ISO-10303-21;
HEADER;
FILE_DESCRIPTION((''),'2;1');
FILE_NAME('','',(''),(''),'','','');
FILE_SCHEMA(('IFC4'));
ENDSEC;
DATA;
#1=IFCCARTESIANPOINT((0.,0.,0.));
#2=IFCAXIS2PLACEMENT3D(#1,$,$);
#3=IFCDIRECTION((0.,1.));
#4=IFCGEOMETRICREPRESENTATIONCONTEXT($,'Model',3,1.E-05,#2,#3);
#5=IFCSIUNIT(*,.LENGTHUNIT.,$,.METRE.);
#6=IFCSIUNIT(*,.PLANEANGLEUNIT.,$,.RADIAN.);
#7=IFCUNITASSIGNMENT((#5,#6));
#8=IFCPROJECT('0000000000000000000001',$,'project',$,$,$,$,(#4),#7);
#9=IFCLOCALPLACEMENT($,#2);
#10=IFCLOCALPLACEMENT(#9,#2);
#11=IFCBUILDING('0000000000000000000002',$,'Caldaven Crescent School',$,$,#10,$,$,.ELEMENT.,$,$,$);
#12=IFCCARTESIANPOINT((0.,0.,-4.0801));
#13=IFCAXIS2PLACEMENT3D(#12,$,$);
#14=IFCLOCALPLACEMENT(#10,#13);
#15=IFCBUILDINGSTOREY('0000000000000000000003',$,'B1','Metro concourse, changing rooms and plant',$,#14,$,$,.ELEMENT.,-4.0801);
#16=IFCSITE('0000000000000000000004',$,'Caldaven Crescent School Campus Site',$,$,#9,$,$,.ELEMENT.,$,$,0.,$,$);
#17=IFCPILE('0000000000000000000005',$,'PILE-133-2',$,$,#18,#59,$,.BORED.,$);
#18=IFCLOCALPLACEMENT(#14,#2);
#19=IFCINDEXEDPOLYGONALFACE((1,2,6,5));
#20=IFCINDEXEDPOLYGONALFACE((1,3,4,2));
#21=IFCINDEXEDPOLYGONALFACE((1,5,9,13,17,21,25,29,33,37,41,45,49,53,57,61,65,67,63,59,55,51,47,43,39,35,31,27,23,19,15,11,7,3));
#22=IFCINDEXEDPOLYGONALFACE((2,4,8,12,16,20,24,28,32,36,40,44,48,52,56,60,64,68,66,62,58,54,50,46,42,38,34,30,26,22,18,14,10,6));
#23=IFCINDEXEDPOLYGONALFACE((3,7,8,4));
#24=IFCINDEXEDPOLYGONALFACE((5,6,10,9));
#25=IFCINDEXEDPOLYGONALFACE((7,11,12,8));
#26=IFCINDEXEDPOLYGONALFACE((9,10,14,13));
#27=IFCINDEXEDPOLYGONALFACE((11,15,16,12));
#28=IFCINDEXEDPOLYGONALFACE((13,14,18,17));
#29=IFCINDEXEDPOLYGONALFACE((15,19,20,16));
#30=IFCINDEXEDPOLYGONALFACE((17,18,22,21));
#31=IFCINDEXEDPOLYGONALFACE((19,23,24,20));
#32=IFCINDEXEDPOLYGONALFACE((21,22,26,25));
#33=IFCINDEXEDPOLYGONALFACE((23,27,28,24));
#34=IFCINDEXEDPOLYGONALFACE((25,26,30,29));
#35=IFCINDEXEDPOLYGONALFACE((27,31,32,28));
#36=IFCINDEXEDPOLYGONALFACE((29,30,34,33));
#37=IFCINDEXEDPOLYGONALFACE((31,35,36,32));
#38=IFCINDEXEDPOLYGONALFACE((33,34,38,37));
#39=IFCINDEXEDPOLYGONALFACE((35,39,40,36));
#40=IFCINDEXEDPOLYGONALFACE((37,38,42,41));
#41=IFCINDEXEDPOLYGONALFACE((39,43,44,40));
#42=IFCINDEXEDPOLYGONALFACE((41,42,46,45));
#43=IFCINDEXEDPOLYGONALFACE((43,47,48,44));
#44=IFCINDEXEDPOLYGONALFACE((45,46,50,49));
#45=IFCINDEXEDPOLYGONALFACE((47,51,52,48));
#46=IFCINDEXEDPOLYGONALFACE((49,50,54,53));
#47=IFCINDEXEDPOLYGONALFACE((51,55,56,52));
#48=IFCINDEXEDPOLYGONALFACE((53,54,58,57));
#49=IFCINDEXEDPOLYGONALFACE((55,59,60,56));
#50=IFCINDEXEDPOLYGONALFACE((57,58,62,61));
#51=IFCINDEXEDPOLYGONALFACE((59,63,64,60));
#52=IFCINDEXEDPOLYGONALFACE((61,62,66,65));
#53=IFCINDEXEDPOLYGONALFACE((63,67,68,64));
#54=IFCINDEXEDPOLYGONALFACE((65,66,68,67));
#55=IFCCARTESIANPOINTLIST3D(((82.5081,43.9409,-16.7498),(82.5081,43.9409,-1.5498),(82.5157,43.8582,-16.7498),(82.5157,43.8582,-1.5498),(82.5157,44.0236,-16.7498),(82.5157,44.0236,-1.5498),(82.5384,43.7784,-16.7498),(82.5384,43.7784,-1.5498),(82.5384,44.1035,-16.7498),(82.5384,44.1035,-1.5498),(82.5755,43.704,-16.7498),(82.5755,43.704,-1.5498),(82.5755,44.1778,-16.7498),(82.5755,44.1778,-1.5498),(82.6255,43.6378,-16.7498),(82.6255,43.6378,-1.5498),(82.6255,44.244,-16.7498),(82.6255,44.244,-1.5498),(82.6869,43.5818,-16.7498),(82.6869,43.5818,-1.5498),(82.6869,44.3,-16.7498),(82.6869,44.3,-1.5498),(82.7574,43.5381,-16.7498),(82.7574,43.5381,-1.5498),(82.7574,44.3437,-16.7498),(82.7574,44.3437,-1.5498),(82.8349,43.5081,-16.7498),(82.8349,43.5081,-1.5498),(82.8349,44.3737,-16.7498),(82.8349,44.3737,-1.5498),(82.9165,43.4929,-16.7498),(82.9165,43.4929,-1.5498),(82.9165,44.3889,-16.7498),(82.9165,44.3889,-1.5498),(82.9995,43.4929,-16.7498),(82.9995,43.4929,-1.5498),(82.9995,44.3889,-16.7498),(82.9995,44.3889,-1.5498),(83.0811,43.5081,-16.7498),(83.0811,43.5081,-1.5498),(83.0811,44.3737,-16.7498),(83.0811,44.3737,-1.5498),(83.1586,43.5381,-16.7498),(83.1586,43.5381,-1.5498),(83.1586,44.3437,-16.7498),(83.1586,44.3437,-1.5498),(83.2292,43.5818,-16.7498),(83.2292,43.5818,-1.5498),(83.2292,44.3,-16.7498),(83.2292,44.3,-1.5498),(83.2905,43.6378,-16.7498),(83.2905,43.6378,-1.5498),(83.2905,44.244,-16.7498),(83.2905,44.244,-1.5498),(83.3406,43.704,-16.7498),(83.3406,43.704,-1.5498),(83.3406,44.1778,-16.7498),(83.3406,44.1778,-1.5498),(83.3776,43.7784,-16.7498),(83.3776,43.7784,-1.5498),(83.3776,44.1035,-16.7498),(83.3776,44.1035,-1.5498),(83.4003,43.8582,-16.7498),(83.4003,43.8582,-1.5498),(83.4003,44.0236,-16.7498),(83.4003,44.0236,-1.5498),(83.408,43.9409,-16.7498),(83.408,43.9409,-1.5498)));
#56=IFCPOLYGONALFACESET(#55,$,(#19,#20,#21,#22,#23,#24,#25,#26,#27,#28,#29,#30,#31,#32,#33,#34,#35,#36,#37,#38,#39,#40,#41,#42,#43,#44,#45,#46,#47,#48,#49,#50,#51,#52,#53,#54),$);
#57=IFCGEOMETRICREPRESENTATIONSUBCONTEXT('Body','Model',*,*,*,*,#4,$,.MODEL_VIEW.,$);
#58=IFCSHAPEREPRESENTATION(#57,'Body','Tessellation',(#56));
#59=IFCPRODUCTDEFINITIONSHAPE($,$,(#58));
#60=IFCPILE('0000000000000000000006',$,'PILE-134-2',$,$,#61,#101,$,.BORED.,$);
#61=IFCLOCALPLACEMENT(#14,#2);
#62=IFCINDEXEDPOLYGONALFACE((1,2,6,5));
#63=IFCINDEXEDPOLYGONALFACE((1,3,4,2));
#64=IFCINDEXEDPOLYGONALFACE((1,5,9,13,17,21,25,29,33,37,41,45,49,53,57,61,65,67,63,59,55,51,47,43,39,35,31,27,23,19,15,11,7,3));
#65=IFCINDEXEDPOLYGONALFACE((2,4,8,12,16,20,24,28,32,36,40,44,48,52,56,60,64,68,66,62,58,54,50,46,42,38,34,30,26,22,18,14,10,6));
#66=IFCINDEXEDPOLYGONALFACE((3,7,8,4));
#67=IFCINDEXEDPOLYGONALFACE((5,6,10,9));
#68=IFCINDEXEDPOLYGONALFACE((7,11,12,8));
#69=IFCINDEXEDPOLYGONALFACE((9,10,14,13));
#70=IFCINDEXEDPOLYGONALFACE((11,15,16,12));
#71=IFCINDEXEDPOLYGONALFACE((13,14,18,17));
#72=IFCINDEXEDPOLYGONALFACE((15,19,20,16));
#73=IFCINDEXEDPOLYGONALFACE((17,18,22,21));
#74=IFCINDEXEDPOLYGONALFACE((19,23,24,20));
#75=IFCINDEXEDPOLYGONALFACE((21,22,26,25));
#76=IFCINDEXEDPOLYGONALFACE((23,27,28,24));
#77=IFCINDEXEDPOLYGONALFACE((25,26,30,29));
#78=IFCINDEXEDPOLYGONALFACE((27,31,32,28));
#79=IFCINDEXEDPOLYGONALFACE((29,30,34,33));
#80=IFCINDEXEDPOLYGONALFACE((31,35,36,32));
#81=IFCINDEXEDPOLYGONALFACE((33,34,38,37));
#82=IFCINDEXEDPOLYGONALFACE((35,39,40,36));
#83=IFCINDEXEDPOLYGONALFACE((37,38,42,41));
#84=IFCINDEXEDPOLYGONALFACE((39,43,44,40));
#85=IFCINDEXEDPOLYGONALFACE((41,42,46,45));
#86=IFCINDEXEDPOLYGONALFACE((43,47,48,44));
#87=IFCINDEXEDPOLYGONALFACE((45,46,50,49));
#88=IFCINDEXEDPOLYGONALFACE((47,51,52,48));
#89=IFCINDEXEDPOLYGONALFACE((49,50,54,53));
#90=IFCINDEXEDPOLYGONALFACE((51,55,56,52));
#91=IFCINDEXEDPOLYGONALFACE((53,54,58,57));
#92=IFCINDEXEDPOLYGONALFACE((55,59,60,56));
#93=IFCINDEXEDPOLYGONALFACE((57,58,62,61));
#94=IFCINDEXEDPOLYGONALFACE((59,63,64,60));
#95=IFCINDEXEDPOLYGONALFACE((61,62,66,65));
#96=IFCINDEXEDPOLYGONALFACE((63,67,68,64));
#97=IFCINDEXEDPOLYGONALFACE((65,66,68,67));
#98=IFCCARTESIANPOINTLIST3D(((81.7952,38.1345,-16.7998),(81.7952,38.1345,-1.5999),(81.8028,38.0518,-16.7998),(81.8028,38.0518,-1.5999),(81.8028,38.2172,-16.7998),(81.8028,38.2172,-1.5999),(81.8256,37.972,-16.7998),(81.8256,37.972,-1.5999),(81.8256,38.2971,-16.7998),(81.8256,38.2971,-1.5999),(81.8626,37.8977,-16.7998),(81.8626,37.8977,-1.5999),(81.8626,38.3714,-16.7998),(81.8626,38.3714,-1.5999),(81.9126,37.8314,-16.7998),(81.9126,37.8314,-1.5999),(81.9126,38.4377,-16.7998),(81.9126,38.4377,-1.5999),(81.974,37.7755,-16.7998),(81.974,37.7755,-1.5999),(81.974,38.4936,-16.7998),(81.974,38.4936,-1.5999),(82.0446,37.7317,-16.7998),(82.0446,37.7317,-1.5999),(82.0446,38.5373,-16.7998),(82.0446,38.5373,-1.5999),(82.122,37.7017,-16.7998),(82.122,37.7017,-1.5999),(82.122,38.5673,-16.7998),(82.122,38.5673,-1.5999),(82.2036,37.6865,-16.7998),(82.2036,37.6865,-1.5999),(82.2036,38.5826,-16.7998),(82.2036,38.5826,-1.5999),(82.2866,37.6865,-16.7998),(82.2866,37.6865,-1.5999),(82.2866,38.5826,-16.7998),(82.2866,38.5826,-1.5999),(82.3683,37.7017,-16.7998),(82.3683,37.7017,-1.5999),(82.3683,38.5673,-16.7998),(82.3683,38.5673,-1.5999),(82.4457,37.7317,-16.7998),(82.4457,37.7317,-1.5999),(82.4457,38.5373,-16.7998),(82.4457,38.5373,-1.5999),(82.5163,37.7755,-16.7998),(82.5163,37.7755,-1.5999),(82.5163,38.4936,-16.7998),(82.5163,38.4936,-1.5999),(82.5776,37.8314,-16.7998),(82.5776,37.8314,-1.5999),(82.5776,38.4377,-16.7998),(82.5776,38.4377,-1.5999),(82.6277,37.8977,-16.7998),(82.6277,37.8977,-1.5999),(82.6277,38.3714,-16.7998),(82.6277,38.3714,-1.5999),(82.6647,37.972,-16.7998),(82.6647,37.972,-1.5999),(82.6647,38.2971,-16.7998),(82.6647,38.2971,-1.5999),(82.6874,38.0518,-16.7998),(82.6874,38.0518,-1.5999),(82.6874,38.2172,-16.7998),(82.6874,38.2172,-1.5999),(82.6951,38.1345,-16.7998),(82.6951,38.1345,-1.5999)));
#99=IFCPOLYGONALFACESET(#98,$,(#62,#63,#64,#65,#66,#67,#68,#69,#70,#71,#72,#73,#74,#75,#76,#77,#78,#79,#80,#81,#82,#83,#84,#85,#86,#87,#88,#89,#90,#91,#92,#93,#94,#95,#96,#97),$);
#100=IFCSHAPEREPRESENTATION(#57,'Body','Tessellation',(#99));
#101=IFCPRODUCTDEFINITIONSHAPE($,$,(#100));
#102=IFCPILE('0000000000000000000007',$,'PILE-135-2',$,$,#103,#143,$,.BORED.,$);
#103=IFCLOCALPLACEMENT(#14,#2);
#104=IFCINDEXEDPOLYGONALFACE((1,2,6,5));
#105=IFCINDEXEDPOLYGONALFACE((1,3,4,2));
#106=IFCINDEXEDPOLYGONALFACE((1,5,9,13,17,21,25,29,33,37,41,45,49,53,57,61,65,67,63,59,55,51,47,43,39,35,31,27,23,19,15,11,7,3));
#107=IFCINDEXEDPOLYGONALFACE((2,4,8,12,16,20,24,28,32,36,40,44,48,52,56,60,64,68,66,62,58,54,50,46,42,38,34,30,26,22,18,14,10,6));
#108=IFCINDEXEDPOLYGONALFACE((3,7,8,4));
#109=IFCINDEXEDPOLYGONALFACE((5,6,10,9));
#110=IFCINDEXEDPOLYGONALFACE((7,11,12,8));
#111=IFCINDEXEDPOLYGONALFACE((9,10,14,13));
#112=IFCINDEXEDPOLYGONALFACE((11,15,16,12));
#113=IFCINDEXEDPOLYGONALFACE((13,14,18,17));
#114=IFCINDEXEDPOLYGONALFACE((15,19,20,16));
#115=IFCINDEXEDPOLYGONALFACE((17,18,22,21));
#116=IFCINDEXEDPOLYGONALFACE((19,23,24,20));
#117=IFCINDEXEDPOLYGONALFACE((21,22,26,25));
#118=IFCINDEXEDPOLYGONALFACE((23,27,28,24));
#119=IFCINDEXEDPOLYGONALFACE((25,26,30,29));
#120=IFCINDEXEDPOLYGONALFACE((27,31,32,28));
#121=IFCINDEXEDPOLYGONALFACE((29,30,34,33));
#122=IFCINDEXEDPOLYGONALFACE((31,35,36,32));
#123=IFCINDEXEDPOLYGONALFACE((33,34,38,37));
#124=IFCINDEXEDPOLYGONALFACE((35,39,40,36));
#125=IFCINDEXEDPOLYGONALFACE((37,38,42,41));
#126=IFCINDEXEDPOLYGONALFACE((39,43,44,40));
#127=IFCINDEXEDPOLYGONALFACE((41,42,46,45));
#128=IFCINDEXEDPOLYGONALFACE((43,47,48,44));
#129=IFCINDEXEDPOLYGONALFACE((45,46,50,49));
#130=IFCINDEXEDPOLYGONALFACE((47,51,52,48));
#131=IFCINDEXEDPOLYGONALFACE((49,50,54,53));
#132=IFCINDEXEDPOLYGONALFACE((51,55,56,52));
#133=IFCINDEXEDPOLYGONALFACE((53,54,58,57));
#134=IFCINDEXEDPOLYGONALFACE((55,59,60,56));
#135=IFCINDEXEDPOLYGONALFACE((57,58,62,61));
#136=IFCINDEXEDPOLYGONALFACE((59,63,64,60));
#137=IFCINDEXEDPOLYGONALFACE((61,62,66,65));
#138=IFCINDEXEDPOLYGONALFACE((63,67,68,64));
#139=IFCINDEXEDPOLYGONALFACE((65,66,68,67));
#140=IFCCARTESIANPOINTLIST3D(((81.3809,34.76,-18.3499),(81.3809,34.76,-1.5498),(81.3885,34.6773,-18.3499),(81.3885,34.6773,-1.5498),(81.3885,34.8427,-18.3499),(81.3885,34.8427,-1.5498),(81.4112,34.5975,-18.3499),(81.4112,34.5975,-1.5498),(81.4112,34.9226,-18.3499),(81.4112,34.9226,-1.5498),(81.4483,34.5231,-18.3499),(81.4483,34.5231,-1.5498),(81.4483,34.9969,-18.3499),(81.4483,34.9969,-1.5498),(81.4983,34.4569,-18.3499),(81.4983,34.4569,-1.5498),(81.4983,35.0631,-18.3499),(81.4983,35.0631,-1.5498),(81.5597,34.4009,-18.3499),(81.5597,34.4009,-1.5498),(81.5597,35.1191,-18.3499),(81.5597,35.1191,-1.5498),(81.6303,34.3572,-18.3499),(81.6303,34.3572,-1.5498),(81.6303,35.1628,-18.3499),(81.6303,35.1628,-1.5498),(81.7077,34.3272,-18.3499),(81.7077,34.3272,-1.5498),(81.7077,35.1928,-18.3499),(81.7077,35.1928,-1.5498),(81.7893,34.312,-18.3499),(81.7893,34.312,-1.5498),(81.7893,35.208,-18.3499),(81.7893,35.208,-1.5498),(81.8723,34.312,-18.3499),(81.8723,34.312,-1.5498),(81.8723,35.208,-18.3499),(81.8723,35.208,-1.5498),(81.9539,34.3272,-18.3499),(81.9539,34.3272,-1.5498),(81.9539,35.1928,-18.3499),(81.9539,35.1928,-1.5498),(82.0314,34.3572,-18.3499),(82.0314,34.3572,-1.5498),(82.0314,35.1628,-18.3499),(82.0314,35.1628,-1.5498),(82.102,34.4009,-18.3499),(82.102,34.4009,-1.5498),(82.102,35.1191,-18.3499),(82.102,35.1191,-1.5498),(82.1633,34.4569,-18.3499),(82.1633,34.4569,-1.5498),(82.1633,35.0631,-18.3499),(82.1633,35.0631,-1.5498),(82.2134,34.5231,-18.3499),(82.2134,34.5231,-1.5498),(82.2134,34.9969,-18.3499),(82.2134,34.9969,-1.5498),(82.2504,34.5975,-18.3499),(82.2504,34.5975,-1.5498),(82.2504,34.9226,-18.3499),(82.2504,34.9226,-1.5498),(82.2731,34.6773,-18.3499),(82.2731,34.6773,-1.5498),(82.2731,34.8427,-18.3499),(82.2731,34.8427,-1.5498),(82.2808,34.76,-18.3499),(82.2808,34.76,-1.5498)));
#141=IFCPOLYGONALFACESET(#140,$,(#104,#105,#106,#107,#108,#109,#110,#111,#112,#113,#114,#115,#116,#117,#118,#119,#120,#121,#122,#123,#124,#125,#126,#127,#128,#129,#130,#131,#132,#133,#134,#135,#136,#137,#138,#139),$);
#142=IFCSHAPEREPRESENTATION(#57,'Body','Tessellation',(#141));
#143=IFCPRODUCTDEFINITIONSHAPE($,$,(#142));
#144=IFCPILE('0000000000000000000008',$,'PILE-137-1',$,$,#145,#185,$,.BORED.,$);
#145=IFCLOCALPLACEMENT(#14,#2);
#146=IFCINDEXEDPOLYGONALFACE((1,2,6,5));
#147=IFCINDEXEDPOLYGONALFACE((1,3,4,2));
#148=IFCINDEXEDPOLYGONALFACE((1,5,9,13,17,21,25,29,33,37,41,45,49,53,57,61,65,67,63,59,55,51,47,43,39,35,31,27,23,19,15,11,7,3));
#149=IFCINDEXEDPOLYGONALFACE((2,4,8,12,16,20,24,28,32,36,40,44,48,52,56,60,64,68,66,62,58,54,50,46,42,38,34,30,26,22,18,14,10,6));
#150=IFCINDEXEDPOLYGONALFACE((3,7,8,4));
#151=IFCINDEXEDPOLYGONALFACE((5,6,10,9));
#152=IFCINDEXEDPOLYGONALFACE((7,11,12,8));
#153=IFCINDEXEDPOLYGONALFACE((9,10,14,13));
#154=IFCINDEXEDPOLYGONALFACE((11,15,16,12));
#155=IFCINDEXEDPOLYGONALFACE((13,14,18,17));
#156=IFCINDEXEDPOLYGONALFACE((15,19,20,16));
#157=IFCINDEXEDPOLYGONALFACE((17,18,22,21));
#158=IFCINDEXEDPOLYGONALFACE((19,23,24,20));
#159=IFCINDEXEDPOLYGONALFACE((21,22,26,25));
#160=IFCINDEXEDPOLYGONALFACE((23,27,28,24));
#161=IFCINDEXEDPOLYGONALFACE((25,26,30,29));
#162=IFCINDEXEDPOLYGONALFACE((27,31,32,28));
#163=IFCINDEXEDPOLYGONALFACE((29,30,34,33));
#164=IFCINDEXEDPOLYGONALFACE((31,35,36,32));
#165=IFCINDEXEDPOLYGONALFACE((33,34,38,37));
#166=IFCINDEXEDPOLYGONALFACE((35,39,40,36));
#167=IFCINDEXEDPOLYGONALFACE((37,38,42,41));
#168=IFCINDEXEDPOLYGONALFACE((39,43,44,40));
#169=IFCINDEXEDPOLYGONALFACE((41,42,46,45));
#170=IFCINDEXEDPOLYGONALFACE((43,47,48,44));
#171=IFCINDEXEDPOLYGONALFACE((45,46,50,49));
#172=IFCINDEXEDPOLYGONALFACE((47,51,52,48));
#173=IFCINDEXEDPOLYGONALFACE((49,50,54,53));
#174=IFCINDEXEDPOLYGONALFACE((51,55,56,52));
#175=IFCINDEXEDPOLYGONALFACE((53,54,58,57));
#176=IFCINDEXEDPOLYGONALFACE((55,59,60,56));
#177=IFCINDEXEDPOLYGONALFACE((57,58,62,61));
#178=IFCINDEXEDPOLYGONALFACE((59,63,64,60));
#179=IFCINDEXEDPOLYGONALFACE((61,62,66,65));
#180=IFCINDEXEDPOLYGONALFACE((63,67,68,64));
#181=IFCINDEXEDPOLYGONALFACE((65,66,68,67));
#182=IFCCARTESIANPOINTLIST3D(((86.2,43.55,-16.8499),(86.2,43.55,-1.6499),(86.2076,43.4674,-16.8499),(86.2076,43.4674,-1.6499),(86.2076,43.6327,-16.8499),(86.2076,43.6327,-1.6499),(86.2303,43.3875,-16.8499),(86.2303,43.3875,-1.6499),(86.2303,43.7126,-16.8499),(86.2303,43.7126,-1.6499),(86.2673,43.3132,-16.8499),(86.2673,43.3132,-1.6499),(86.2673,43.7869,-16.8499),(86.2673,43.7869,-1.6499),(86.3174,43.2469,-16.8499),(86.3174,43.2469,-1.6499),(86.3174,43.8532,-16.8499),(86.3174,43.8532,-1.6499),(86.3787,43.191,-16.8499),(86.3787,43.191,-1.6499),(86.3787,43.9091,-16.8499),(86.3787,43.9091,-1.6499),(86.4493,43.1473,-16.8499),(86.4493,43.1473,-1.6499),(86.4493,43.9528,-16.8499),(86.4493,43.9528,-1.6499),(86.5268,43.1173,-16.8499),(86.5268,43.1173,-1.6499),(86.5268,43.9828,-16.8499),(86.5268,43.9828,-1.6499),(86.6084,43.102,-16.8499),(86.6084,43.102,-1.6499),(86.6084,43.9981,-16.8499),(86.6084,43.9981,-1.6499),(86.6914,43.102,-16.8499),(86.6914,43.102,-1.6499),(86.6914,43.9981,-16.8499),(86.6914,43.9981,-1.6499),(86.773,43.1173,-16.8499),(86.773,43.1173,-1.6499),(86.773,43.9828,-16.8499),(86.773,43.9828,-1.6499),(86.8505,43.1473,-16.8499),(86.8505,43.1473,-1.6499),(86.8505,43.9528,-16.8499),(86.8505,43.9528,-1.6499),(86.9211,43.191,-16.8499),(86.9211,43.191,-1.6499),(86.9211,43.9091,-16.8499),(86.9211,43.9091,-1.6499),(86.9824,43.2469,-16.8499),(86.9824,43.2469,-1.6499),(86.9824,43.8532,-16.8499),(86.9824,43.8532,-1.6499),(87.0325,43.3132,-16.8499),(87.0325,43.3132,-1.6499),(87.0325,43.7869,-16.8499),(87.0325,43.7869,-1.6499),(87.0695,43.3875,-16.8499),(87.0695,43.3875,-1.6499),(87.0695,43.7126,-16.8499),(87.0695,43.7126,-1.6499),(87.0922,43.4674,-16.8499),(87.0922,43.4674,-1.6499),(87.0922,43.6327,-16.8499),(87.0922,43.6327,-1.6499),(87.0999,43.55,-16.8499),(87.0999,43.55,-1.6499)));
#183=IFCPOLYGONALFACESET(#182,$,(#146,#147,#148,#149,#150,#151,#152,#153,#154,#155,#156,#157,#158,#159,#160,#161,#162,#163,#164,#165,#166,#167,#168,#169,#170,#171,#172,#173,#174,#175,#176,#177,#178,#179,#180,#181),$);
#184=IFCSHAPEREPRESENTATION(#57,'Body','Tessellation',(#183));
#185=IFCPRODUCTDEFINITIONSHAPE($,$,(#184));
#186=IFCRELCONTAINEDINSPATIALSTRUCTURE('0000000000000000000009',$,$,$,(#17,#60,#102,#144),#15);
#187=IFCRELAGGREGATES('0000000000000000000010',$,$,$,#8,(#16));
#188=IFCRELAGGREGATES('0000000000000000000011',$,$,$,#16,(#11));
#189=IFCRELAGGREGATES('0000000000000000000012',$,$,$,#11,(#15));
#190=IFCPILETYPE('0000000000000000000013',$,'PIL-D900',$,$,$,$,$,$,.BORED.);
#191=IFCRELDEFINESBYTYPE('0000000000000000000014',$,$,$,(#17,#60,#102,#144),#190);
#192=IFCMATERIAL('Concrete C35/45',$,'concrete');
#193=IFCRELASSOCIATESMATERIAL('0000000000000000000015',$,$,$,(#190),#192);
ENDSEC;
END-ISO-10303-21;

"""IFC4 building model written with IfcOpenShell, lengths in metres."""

from ifc_helpers import new_model, si_unit, direction, frame, origin, origin_2d, place, context, subcontext, project, spatial, circle, extrude, material, material_profile, profile_set, type_object, element, save


model = new_model("IFC4")

# Units and contexts
model_context = context("Model", 3, precision=1e-05, world=origin(), true_north=direction((0.0, 1.0)))
body_context = subcontext(model_context, "Body", "Model", "MODEL_VIEW")
ifc_project = project(units=[si_unit("LENGTHUNIT", "METRE"), si_unit("PLANEANGLEUNIT", "RADIAN")], contexts=[model_context])

# Site, building, storey
site_placement = place(None, origin())
site = spatial("IfcSite", under=ifc_project, at=site_placement, Name="Caldaven Crescent School Campus Site", CompositionType="ELEMENT", RefElevation=0.0)
building_placement = place(site_placement, origin())
building = spatial("IfcBuilding", under=site, at=building_placement, Name="Caldaven Crescent School", CompositionType="ELEMENT")
storey_placement = place(building_placement, frame((0.0, 0.0, -4.0801)))
storey = spatial("IfcBuildingStorey", under=building, at=storey_placement, Name="B1", Description="Metro concourse, changing rooms and plant", CompositionType="ELEMENT", Elevation=-4.0801)

# Shared definitions
ifc_material_1 = material(Name="Concrete C35/45", Category="concrete")

# Piles
ifc_material_profile_1 = material_profile(ifc_material_1, circle(Radius=0.45, at=origin_2d()), Name="PILE D900")
ifc_profile_set_1 = profile_set([ifc_material_profile_1], Name="Concrete C35/45")
pile_type = type_object("IfcPileType", Name="PIL-D900", PredefinedType="BORED", material=ifc_profile_set_1)
for number, where, z_axis, x_axis, name in (
    (1, (82.958, 43.9409, -1.5498), (0.0, 0.0, -1.0), (1.0, 0.0, 0.0), "PILE-133-2"),
    (2, (82.2451, 38.1345, -1.5999), (0.0, 0.0, -1.0), (1.0, 0.0, 0.0), "PILE-134-2"),
):
    element("IfcPile", number, at=place(storey_placement, frame(where, z_axis=z_axis, x_axis=x_axis)), inside=storey, type_object=pile_type, Name=name, PredefinedType="BORED", context=body_context, shape_type="SweptSolid", body=[
        extrude(circle(Radius=0.45, at=origin_2d()), origin(), (0.0, 0.0, 1.0), 15.2),
    ])
pile_1_placement = place(storey_placement, frame((81.8308, 34.76, -1.5498), z_axis=(0.0, 0.0, -1.0), x_axis=(1.0, 0.0, 0.0)))
element("IfcPile", 3, at=pile_1_placement, inside=storey, type_object=pile_type, Name="PILE-135-2", PredefinedType="BORED", context=body_context, shape_type="SweptSolid", body=[
    extrude(circle(Radius=0.45, at=origin_2d()), origin(), (0.0, 0.0, 1.0), 16.8),
])
for number, where, z_axis, x_axis, name in (
    (4, (86.6499, 43.55, -1.6499), (0.0, 0.0, -1.0), (1.0, 0.0, 0.0), "PILE-137-1"),
):
    element("IfcPile", number, at=place(storey_placement, frame(where, z_axis=z_axis, x_axis=x_axis)), inside=storey, type_object=pile_type, Name=name, PredefinedType="BORED", context=body_context, shape_type="SweptSolid", body=[
        extrude(circle(Radius=0.45, at=origin_2d()), origin(), (0.0, 0.0, 1.0), 15.2),
    ])

save(model, "model.ifc")
